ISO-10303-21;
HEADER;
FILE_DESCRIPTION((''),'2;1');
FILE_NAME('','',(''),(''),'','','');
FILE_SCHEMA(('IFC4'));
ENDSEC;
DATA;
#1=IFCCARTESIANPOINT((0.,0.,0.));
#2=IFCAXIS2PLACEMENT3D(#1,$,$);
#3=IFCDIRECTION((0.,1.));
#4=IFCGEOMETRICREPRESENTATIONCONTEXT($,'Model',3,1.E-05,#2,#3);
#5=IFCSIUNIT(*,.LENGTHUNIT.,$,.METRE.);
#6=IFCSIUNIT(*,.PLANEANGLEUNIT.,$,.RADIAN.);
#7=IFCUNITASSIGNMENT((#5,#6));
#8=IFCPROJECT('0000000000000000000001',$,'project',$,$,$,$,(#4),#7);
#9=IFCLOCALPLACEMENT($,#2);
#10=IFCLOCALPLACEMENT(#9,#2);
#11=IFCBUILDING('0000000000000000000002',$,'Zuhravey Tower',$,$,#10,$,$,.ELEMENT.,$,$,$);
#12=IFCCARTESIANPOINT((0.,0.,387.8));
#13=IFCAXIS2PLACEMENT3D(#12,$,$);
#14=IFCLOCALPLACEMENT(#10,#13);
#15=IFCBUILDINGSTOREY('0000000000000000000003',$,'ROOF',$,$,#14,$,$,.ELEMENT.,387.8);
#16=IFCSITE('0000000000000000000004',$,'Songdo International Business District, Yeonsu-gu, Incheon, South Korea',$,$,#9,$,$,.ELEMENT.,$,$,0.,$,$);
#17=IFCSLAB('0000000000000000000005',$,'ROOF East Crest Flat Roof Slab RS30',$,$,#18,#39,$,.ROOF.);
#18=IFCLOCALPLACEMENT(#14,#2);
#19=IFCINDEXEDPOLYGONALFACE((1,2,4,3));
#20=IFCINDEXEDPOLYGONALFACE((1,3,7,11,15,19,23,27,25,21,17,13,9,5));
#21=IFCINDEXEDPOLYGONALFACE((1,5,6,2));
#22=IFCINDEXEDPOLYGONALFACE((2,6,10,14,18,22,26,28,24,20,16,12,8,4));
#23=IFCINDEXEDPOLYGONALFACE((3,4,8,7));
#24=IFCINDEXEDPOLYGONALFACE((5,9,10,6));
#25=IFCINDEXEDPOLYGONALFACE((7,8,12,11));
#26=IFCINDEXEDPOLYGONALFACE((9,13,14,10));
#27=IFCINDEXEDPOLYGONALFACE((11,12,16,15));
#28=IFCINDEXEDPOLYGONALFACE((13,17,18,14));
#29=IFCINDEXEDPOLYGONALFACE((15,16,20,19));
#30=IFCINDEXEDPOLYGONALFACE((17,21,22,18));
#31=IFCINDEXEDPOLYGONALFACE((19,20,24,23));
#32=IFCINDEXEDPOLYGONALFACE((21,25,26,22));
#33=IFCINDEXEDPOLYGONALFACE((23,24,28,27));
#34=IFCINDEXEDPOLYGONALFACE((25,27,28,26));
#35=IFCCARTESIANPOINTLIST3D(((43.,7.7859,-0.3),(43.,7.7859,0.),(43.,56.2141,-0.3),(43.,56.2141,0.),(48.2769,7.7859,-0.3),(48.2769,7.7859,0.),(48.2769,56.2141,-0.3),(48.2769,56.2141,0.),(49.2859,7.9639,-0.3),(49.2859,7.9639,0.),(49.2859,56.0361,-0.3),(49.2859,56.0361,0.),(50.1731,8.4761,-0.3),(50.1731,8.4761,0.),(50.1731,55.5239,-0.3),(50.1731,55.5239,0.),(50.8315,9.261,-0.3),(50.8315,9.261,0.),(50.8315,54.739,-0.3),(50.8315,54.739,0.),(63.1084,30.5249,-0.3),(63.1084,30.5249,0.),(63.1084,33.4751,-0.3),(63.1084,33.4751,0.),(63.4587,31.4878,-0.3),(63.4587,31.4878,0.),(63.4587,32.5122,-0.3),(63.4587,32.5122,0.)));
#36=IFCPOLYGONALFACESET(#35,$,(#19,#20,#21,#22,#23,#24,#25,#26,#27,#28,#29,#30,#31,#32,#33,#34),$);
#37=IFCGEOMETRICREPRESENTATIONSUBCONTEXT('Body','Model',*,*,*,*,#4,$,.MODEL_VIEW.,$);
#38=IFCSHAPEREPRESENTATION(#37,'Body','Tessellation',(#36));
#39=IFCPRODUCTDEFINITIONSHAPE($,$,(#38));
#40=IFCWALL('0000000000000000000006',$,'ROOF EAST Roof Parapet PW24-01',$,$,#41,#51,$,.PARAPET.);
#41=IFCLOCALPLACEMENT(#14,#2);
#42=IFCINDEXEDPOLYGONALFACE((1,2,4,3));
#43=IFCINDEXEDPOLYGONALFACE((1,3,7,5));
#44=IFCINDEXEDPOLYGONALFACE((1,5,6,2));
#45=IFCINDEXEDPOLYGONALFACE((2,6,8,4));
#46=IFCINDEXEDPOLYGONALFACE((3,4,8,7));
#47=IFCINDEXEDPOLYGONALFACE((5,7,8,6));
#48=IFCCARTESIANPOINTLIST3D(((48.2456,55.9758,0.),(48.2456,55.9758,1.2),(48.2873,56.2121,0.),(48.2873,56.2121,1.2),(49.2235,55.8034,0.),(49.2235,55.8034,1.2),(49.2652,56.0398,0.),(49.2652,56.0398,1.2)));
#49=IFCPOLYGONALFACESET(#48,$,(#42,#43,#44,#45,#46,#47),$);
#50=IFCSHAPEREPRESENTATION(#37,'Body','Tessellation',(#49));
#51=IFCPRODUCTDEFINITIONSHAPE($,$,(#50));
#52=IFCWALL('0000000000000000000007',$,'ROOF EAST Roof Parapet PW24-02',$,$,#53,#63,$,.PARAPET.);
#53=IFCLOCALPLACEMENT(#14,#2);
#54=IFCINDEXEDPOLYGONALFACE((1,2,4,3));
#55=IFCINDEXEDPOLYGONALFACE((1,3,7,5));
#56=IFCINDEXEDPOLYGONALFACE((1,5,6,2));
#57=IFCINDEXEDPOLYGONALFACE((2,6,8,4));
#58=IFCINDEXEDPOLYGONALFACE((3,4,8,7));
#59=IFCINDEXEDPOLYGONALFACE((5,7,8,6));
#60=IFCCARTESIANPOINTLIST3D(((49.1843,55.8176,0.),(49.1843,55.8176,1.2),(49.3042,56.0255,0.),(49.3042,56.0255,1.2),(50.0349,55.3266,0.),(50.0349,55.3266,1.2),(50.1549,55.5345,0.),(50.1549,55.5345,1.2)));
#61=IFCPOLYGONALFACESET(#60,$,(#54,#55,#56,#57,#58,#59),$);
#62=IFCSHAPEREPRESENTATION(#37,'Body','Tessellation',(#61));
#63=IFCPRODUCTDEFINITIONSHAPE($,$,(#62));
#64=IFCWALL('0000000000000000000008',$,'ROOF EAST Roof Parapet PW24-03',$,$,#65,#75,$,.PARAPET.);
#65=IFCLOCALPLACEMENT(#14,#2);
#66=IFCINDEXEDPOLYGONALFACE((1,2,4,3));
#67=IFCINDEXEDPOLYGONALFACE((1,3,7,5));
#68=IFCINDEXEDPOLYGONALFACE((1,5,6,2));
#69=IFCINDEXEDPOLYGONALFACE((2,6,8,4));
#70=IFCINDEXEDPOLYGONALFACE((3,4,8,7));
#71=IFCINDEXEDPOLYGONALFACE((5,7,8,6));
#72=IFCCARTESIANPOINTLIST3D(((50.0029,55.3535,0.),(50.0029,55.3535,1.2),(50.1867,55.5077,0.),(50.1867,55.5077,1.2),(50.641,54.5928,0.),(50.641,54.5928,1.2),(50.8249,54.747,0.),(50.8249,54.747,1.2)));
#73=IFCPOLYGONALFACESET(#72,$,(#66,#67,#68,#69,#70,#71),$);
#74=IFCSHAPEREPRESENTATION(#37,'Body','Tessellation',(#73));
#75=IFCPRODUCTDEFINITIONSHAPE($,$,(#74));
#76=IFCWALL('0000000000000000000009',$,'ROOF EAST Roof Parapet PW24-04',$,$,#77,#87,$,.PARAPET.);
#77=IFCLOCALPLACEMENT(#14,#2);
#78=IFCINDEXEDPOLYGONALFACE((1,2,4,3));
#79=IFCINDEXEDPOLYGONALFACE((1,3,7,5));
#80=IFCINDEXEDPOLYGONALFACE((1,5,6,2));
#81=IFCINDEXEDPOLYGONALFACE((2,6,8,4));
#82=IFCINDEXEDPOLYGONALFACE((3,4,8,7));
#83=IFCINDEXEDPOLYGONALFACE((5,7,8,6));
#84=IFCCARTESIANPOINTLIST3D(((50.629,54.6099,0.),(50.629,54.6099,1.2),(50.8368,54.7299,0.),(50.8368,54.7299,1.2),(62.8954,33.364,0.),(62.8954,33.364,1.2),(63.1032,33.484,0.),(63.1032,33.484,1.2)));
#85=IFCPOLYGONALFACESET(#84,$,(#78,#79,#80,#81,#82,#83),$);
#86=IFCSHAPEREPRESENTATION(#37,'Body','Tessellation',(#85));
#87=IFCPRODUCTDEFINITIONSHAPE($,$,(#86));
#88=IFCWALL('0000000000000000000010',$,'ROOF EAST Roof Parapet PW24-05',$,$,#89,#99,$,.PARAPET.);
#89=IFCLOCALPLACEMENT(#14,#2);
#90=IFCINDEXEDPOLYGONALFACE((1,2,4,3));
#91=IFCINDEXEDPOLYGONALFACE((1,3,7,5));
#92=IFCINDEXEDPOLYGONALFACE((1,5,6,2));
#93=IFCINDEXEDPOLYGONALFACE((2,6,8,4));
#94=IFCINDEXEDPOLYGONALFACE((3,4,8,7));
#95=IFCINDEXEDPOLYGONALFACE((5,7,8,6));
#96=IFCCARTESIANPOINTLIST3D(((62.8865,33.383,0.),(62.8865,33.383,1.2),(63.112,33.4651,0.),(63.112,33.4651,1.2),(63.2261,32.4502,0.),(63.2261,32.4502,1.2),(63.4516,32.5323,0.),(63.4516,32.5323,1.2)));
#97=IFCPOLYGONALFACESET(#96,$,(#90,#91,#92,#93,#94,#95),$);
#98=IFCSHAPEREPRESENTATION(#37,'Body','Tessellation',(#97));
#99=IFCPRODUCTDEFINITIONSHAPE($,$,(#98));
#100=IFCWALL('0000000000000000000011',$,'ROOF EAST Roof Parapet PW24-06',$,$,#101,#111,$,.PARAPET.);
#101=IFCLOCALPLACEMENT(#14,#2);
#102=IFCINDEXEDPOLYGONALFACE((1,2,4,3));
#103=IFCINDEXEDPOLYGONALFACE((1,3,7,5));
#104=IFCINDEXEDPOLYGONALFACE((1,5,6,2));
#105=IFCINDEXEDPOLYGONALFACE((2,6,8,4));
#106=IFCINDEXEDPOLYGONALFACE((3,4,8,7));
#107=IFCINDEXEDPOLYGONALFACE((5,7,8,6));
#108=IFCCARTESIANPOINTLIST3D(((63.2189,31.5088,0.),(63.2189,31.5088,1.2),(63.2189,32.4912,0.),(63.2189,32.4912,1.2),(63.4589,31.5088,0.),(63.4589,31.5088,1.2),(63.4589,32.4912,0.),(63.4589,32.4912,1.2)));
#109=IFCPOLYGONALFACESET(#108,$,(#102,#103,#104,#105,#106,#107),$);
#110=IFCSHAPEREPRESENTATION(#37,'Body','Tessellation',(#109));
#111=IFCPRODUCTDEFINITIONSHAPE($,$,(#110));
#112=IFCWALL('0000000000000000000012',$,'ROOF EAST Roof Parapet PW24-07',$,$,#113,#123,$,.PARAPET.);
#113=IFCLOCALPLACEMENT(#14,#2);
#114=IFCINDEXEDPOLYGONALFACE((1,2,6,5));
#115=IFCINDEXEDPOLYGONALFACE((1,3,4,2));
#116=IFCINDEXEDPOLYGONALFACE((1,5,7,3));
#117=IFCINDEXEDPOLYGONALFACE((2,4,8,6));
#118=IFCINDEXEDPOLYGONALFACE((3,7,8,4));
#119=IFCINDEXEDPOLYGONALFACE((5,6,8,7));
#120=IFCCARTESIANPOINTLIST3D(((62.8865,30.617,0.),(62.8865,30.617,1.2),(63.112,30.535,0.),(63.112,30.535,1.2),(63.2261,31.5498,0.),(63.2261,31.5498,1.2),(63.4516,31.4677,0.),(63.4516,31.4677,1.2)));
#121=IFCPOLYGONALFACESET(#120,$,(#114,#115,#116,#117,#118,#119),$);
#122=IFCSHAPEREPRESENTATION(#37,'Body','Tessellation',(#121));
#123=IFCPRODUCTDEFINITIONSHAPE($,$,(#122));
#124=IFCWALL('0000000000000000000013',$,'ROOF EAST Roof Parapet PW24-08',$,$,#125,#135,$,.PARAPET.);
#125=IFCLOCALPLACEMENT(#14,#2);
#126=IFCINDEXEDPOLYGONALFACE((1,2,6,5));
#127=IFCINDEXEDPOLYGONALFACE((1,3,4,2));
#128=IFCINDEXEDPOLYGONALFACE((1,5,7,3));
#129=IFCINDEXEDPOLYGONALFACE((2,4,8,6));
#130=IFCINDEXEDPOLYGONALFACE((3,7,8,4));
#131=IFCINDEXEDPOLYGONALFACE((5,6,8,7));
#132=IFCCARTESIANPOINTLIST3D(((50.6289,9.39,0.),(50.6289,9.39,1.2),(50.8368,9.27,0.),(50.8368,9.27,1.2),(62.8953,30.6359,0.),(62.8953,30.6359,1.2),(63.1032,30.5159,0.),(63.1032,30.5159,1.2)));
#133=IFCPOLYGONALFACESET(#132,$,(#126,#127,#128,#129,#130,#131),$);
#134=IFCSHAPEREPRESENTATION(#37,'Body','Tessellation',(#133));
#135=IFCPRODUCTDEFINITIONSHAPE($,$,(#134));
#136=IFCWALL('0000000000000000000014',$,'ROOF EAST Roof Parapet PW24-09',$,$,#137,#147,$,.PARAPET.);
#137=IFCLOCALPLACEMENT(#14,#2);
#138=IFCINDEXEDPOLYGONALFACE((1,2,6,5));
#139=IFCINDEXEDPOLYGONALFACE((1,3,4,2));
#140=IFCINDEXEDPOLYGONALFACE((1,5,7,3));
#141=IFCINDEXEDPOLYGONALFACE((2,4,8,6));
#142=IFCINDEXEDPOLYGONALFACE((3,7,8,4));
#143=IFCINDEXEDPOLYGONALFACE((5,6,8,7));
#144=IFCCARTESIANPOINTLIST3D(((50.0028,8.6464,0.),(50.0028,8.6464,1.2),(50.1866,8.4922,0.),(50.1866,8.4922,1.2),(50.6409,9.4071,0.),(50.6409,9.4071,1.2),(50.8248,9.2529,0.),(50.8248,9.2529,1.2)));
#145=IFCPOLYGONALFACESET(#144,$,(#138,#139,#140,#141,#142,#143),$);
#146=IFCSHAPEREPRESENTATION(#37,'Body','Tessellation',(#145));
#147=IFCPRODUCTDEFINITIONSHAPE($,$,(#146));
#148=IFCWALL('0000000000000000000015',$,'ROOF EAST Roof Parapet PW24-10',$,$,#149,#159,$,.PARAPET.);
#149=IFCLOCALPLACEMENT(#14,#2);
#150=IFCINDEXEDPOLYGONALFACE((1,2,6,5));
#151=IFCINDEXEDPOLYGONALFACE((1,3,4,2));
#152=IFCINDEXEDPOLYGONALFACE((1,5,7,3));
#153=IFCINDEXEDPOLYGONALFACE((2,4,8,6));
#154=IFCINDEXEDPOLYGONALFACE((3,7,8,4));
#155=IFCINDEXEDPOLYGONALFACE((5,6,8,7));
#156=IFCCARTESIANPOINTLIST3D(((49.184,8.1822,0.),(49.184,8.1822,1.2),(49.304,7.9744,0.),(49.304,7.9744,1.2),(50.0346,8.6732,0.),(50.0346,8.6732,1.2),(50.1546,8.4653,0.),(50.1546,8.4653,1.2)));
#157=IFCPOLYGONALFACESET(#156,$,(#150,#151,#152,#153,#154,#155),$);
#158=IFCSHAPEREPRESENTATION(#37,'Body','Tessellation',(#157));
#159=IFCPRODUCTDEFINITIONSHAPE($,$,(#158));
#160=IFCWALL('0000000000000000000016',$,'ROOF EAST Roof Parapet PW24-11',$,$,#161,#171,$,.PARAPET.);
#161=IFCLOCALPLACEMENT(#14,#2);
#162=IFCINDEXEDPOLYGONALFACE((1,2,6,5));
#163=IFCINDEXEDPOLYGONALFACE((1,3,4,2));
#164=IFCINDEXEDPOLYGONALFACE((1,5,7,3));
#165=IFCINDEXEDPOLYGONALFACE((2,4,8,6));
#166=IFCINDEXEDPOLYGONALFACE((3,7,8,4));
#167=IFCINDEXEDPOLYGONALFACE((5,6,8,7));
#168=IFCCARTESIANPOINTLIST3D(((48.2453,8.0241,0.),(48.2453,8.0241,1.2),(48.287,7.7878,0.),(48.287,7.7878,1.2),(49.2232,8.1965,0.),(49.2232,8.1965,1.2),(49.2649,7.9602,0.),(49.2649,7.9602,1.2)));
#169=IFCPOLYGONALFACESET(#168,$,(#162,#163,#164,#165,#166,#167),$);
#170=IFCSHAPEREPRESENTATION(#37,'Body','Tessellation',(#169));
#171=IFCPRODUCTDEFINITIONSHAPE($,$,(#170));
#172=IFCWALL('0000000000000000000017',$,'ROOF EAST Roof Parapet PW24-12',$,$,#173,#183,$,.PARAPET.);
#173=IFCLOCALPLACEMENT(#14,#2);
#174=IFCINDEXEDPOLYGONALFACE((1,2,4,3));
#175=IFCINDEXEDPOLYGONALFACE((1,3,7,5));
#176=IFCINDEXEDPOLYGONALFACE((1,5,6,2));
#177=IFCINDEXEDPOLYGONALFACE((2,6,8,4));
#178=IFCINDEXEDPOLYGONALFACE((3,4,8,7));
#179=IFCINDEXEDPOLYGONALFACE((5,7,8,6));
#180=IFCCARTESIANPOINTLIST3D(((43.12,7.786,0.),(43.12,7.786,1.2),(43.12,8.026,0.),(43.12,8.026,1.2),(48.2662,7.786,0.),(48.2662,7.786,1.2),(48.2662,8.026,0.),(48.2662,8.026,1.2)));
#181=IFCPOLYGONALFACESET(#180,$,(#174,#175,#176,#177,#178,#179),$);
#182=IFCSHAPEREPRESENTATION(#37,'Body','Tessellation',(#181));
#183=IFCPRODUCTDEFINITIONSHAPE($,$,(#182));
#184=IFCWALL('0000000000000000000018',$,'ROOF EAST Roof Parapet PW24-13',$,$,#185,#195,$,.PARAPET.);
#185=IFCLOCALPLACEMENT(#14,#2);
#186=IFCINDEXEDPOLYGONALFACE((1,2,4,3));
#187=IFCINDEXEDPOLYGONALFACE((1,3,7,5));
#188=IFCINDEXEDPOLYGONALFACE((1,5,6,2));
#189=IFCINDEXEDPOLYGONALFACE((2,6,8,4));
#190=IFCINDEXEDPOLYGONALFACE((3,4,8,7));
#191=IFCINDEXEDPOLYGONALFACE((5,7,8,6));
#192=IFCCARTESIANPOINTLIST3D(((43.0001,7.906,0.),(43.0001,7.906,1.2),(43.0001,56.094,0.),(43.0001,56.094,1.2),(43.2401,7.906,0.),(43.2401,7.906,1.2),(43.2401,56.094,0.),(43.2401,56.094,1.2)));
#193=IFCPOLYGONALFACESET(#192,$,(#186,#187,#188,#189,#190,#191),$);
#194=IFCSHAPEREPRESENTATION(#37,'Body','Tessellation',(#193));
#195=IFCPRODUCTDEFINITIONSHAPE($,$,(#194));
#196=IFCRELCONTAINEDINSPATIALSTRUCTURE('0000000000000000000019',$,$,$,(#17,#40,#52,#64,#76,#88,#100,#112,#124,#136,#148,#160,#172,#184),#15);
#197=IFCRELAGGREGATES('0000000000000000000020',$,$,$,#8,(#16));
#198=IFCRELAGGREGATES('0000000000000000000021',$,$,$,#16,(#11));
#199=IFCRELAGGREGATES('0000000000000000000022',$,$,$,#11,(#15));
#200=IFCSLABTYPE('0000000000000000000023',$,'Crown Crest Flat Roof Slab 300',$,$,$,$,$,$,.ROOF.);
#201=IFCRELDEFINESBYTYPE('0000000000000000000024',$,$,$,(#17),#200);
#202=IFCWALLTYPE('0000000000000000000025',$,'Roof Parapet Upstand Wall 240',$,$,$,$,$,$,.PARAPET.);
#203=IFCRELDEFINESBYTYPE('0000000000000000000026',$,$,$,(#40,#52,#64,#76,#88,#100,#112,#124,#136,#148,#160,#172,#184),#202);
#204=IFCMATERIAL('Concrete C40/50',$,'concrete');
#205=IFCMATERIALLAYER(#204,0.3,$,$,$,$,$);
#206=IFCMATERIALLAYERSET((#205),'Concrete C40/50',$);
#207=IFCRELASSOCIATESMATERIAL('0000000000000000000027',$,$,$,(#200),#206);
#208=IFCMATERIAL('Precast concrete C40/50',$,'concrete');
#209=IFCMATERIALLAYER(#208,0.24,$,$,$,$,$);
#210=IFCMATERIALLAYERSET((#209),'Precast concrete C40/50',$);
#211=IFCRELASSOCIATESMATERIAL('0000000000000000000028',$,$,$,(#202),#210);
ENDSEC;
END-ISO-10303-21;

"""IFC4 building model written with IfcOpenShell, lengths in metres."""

from ifc_helpers import new_model, si_unit, direction, frame, frame_2d, origin, place, context, subcontext, project, spatial, polyline, rectangle, outline, extrude, material, layer, layer_set, type_object, element, save


model = new_model("IFC4")

# Units and contexts
model_context = context("Model", 3, precision=1e-05, world=origin(), true_north=direction((0.0, 1.0)))
body_context = subcontext(model_context, "Body", "Model", "MODEL_VIEW")
ifc_project = project(units=[si_unit("LENGTHUNIT", "METRE"), si_unit("PLANEANGLEUNIT", "RADIAN")], contexts=[model_context])

# Site, building, storey
site_placement = place(None, origin())
site = spatial("IfcSite", under=ifc_project, at=site_placement, Name="Songdo International Business District, Yeonsu-gu, Incheon, South Korea", CompositionType="ELEMENT", RefElevation=0.0)
building_placement = place(site_placement, origin())
building = spatial("IfcBuilding", under=site, at=building_placement, Name="Zuhravey Tower", CompositionType="ELEMENT")
storey_placement = place(building_placement, frame((0.0, 0.0, 387.8)))
storey = spatial("IfcBuildingStorey", under=building, at=storey_placement, Name="ROOF", CompositionType="ELEMENT", Elevation=387.8)

# Slab
ifc_material_1 = material(Name="Concrete C40/50", Category="concrete")
ifc_layer_1 = layer(ifc_material_1, 0.3)
ifc_layer_set_1 = layer_set([ifc_layer_1], Name="Concrete C40/50")
slab_type = type_object("IfcSlabType", Name="Crown Crest Flat Roof Slab 300", PredefinedType="ROOF", material=ifc_layer_set_1)
slab_placement = place(storey_placement, frame((0.0, 0.0, -0.3)))
element("IfcSlab", 1, at=slab_placement, inside=storey, type_object=slab_type, Name="ROOF East Crest Flat Roof Slab RS30", PredefinedType="ROOF", context=body_context, shape_type="SweptSolid", body=[
    extrude(outline(polyline([(48.2769, 56.2141), (49.2859, 56.0361), (50.1731, 55.5239), (50.8315, 54.739), (63.1084, 33.4751), (63.4587, 32.5122), (63.4587, 31.4878), (63.1084, 30.5249), (50.8315, 9.261), (50.1731, 8.4761), (49.2859, 7.9639), (48.2769, 7.7859), (43.0, 7.7859), (43.0, 56.2141), (48.2769, 56.2141)])), origin(), (0.0, 0.0, 1.0), 0.3),
])

# Walls
ifc_material_2 = material(Name="Precast concrete C40/50", Category="concrete")
ifc_layer_2 = layer(ifc_material_2, 0.24)
ifc_layer_set_2 = layer_set([ifc_layer_2], Name="Precast concrete C40/50")
wall_type = type_object("IfcWallType", Name="Roof Parapet Upstand Wall 240", PredefinedType="PARAPET", material=ifc_layer_set_2)
wall_1_placement = place(storey_placement, frame((48.2664, 56.094, 0.0), z_axis=(0.0, 0.0, 1.0), x_axis=(0.984816, -0.173603, 0.0)))
element("IfcWall", 2, at=wall_1_placement, inside=storey, type_object=wall_type, Name="ROOF EAST Roof Parapet PW24-01", PredefinedType="PARAPET", context=body_context, shape_type="SweptSolid", body=[
    extrude(rectangle(XDim=0.9929, YDim=0.24, at=frame_2d((0.4966, 0.0))), origin(), (0.0, 0.0, 1.0), 1.2),
])
wall_2_placement = place(storey_placement, frame((49.2441, 55.9216, 0.0), z_axis=(0.0, 0.0, 1.0), x_axis=(0.866078, -0.499909, 0.0)))
element("IfcWall", 3, at=wall_2_placement, inside=storey, type_object=wall_type, Name="ROOF EAST Roof Parapet PW24-02", PredefinedType="PARAPET", context=body_context, shape_type="SweptSolid", body=[
    extrude(rectangle(XDim=0.9822, YDim=0.24, at=frame_2d((0.4912, 0.0))), origin(), (0.0, 0.0, 1.0), 1.2),
])
wall_3_placement = place(storey_placement, frame((50.0947, 55.4307, 0.0), z_axis=(0.0, 0.0, 1.0), x_axis=(0.642696, -0.766121, 0.0)))
element("IfcWall", 4, at=wall_3_placement, inside=storey, type_object=wall_type, Name="ROOF EAST Roof Parapet PW24-03", PredefinedType="PARAPET", context=body_context, shape_type="SweptSolid", body=[
    extrude(rectangle(XDim=0.9929, YDim=0.24, at=frame_2d((0.4966, 0.0))), origin(), (0.0, 0.0, 1.0), 1.2),
])
wall_4_placement = place(storey_placement, frame((50.7329, 54.6699, 0.0), z_axis=(0.0, 0.0, 1.0), x_axis=(0.500002, -0.866024, 0.0)))
element("IfcWall", 5, at=wall_4_placement, inside=storey, type_object=wall_type, Name="ROOF EAST Roof Parapet PW24-04", PredefinedType="PARAPET", context=body_context, shape_type="SweptSolid", body=[
    extrude(rectangle(XDim=24.5327, YDim=0.24, at=frame_2d((12.2664, 0.0))), origin(), (0.0, 0.0, 1.0), 1.2),
])
wall_5_placement = place(storey_placement, frame((62.9993, 33.4241, 0.0), z_axis=(0.0, 0.0, 1.0), x_axis=(0.342079, -0.939671, 0.0)))
element("IfcWall", 6, at=wall_5_placement, inside=storey, type_object=wall_type, Name="ROOF EAST Roof Parapet PW24-05", PredefinedType="PARAPET", context=body_context, shape_type="SweptSolid", body=[
    extrude(rectangle(XDim=0.9927, YDim=0.24, at=frame_2d((0.4963, 0.0))), origin(), (0.0, 0.0, 1.0), 1.2),
])
wall_6_placement = place(storey_placement, frame((63.3389, 32.4912, 0.0), z_axis=(0.0, 0.0, 1.0), x_axis=(0.0, -1.0, 0.0)))
element("IfcWall", 7, at=wall_6_placement, inside=storey, type_object=wall_type, Name="ROOF EAST Roof Parapet PW24-06", PredefinedType="PARAPET", context=body_context, shape_type="SweptSolid", body=[
    extrude(rectangle(XDim=0.9824, YDim=0.24, at=frame_2d((0.4912, 0.0))), origin(), (0.0, 0.0, 1.0), 1.2),
])
wall_7_placement = place(storey_placement, frame((63.3389, 31.5088, 0.0), z_axis=(0.0, 0.0, 1.0), x_axis=(-0.342079, -0.939671, 0.0)))
element("IfcWall", 8, at=wall_7_placement, inside=storey, type_object=wall_type, Name="ROOF EAST Roof Parapet PW24-07", PredefinedType="PARAPET", context=body_context, shape_type="SweptSolid", body=[
    extrude(rectangle(XDim=0.9927, YDim=0.24, at=frame_2d((0.4963, 0.0))), origin(), (0.0, 0.0, 1.0), 1.2),
])
wall_8_placement = place(storey_placement, frame((62.9993, 30.5759, 0.0), z_axis=(0.0, 0.0, 1.0), x_axis=(-0.500002, -0.866024, 0.0)))
element("IfcWall", 9, at=wall_8_placement, inside=storey, type_object=wall_type, Name="ROOF EAST Roof Parapet PW24-08", PredefinedType="PARAPET", context=body_context, shape_type="SweptSolid", body=[
    extrude(rectangle(XDim=24.5327, YDim=0.24, at=frame_2d((12.2664, 0.0))), origin(), (0.0, 0.0, 1.0), 1.2),
])
wall_9_placement = place(storey_placement, frame((50.7329, 9.3301, 0.0), z_axis=(0.0, 0.0, 1.0), x_axis=(-0.642696, -0.766121, 0.0)))
element("IfcWall", 10, at=wall_9_placement, inside=storey, type_object=wall_type, Name="ROOF EAST Roof Parapet PW24-09", PredefinedType="PARAPET", context=body_context, shape_type="SweptSolid", body=[
    extrude(rectangle(XDim=0.9929, YDim=0.24, at=frame_2d((0.4966, 0.0))), origin(), (0.0, 0.0, 1.0), 1.2),
])
wall_10_placement = place(storey_placement, frame((50.0947, 8.5693, 0.0), z_axis=(0.0, 0.0, 1.0), x_axis=(-0.866078, -0.499909, 0.0)))
element("IfcWall", 11, at=wall_10_placement, inside=storey, type_object=wall_type, Name="ROOF EAST Roof Parapet PW24-10", PredefinedType="PARAPET", context=body_context, shape_type="SweptSolid", body=[
    extrude(rectangle(XDim=0.9822, YDim=0.24, at=frame_2d((0.4912, 0.0))), origin(), (0.0, 0.0, 1.0), 1.2),
])
wall_11_placement = place(storey_placement, frame((49.2441, 8.0784, 0.0), z_axis=(0.0, 0.0, 1.0), x_axis=(-0.984816, -0.173603, 0.0)))
element("IfcWall", 12, at=wall_11_placement, inside=storey, type_object=wall_type, Name="ROOF EAST Roof Parapet PW24-11", PredefinedType="PARAPET", context=body_context, shape_type="SweptSolid", body=[
    extrude(rectangle(XDim=0.9929, YDim=0.24, at=frame_2d((0.4966, 0.0))), origin(), (0.0, 0.0, 1.0), 1.2),
])
wall_12_placement = place(storey_placement, frame((48.2664, 7.906, 0.0), z_axis=(0.0, 0.0, 1.0), x_axis=(-1.0, 0.0, 0.0)))
element("IfcWall", 13, at=wall_12_placement, inside=storey, type_object=wall_type, Name="ROOF EAST Roof Parapet PW24-12", PredefinedType="PARAPET", context=body_context, shape_type="SweptSolid", body=[
    extrude(rectangle(XDim=5.1462, YDim=0.24, at=frame_2d((2.5732, 0.0))), origin(), (0.0, 0.0, 1.0), 1.2),
])
wall_13_placement = place(storey_placement, frame((43.1201, 7.906, 0.0), z_axis=(0.0, 0.0, 1.0), x_axis=(0.0, 1.0, 0.0)))
element("IfcWall", 14, at=wall_13_placement, inside=storey, type_object=wall_type, Name="ROOF EAST Roof Parapet PW24-13", PredefinedType="PARAPET", context=body_context, shape_type="SweptSolid", body=[
    extrude(rectangle(XDim=48.188, YDim=0.24, at=frame_2d((24.094, 0.0))), origin(), (0.0, 0.0, 1.0), 1.2),
])

save(model, "model.ifc")
